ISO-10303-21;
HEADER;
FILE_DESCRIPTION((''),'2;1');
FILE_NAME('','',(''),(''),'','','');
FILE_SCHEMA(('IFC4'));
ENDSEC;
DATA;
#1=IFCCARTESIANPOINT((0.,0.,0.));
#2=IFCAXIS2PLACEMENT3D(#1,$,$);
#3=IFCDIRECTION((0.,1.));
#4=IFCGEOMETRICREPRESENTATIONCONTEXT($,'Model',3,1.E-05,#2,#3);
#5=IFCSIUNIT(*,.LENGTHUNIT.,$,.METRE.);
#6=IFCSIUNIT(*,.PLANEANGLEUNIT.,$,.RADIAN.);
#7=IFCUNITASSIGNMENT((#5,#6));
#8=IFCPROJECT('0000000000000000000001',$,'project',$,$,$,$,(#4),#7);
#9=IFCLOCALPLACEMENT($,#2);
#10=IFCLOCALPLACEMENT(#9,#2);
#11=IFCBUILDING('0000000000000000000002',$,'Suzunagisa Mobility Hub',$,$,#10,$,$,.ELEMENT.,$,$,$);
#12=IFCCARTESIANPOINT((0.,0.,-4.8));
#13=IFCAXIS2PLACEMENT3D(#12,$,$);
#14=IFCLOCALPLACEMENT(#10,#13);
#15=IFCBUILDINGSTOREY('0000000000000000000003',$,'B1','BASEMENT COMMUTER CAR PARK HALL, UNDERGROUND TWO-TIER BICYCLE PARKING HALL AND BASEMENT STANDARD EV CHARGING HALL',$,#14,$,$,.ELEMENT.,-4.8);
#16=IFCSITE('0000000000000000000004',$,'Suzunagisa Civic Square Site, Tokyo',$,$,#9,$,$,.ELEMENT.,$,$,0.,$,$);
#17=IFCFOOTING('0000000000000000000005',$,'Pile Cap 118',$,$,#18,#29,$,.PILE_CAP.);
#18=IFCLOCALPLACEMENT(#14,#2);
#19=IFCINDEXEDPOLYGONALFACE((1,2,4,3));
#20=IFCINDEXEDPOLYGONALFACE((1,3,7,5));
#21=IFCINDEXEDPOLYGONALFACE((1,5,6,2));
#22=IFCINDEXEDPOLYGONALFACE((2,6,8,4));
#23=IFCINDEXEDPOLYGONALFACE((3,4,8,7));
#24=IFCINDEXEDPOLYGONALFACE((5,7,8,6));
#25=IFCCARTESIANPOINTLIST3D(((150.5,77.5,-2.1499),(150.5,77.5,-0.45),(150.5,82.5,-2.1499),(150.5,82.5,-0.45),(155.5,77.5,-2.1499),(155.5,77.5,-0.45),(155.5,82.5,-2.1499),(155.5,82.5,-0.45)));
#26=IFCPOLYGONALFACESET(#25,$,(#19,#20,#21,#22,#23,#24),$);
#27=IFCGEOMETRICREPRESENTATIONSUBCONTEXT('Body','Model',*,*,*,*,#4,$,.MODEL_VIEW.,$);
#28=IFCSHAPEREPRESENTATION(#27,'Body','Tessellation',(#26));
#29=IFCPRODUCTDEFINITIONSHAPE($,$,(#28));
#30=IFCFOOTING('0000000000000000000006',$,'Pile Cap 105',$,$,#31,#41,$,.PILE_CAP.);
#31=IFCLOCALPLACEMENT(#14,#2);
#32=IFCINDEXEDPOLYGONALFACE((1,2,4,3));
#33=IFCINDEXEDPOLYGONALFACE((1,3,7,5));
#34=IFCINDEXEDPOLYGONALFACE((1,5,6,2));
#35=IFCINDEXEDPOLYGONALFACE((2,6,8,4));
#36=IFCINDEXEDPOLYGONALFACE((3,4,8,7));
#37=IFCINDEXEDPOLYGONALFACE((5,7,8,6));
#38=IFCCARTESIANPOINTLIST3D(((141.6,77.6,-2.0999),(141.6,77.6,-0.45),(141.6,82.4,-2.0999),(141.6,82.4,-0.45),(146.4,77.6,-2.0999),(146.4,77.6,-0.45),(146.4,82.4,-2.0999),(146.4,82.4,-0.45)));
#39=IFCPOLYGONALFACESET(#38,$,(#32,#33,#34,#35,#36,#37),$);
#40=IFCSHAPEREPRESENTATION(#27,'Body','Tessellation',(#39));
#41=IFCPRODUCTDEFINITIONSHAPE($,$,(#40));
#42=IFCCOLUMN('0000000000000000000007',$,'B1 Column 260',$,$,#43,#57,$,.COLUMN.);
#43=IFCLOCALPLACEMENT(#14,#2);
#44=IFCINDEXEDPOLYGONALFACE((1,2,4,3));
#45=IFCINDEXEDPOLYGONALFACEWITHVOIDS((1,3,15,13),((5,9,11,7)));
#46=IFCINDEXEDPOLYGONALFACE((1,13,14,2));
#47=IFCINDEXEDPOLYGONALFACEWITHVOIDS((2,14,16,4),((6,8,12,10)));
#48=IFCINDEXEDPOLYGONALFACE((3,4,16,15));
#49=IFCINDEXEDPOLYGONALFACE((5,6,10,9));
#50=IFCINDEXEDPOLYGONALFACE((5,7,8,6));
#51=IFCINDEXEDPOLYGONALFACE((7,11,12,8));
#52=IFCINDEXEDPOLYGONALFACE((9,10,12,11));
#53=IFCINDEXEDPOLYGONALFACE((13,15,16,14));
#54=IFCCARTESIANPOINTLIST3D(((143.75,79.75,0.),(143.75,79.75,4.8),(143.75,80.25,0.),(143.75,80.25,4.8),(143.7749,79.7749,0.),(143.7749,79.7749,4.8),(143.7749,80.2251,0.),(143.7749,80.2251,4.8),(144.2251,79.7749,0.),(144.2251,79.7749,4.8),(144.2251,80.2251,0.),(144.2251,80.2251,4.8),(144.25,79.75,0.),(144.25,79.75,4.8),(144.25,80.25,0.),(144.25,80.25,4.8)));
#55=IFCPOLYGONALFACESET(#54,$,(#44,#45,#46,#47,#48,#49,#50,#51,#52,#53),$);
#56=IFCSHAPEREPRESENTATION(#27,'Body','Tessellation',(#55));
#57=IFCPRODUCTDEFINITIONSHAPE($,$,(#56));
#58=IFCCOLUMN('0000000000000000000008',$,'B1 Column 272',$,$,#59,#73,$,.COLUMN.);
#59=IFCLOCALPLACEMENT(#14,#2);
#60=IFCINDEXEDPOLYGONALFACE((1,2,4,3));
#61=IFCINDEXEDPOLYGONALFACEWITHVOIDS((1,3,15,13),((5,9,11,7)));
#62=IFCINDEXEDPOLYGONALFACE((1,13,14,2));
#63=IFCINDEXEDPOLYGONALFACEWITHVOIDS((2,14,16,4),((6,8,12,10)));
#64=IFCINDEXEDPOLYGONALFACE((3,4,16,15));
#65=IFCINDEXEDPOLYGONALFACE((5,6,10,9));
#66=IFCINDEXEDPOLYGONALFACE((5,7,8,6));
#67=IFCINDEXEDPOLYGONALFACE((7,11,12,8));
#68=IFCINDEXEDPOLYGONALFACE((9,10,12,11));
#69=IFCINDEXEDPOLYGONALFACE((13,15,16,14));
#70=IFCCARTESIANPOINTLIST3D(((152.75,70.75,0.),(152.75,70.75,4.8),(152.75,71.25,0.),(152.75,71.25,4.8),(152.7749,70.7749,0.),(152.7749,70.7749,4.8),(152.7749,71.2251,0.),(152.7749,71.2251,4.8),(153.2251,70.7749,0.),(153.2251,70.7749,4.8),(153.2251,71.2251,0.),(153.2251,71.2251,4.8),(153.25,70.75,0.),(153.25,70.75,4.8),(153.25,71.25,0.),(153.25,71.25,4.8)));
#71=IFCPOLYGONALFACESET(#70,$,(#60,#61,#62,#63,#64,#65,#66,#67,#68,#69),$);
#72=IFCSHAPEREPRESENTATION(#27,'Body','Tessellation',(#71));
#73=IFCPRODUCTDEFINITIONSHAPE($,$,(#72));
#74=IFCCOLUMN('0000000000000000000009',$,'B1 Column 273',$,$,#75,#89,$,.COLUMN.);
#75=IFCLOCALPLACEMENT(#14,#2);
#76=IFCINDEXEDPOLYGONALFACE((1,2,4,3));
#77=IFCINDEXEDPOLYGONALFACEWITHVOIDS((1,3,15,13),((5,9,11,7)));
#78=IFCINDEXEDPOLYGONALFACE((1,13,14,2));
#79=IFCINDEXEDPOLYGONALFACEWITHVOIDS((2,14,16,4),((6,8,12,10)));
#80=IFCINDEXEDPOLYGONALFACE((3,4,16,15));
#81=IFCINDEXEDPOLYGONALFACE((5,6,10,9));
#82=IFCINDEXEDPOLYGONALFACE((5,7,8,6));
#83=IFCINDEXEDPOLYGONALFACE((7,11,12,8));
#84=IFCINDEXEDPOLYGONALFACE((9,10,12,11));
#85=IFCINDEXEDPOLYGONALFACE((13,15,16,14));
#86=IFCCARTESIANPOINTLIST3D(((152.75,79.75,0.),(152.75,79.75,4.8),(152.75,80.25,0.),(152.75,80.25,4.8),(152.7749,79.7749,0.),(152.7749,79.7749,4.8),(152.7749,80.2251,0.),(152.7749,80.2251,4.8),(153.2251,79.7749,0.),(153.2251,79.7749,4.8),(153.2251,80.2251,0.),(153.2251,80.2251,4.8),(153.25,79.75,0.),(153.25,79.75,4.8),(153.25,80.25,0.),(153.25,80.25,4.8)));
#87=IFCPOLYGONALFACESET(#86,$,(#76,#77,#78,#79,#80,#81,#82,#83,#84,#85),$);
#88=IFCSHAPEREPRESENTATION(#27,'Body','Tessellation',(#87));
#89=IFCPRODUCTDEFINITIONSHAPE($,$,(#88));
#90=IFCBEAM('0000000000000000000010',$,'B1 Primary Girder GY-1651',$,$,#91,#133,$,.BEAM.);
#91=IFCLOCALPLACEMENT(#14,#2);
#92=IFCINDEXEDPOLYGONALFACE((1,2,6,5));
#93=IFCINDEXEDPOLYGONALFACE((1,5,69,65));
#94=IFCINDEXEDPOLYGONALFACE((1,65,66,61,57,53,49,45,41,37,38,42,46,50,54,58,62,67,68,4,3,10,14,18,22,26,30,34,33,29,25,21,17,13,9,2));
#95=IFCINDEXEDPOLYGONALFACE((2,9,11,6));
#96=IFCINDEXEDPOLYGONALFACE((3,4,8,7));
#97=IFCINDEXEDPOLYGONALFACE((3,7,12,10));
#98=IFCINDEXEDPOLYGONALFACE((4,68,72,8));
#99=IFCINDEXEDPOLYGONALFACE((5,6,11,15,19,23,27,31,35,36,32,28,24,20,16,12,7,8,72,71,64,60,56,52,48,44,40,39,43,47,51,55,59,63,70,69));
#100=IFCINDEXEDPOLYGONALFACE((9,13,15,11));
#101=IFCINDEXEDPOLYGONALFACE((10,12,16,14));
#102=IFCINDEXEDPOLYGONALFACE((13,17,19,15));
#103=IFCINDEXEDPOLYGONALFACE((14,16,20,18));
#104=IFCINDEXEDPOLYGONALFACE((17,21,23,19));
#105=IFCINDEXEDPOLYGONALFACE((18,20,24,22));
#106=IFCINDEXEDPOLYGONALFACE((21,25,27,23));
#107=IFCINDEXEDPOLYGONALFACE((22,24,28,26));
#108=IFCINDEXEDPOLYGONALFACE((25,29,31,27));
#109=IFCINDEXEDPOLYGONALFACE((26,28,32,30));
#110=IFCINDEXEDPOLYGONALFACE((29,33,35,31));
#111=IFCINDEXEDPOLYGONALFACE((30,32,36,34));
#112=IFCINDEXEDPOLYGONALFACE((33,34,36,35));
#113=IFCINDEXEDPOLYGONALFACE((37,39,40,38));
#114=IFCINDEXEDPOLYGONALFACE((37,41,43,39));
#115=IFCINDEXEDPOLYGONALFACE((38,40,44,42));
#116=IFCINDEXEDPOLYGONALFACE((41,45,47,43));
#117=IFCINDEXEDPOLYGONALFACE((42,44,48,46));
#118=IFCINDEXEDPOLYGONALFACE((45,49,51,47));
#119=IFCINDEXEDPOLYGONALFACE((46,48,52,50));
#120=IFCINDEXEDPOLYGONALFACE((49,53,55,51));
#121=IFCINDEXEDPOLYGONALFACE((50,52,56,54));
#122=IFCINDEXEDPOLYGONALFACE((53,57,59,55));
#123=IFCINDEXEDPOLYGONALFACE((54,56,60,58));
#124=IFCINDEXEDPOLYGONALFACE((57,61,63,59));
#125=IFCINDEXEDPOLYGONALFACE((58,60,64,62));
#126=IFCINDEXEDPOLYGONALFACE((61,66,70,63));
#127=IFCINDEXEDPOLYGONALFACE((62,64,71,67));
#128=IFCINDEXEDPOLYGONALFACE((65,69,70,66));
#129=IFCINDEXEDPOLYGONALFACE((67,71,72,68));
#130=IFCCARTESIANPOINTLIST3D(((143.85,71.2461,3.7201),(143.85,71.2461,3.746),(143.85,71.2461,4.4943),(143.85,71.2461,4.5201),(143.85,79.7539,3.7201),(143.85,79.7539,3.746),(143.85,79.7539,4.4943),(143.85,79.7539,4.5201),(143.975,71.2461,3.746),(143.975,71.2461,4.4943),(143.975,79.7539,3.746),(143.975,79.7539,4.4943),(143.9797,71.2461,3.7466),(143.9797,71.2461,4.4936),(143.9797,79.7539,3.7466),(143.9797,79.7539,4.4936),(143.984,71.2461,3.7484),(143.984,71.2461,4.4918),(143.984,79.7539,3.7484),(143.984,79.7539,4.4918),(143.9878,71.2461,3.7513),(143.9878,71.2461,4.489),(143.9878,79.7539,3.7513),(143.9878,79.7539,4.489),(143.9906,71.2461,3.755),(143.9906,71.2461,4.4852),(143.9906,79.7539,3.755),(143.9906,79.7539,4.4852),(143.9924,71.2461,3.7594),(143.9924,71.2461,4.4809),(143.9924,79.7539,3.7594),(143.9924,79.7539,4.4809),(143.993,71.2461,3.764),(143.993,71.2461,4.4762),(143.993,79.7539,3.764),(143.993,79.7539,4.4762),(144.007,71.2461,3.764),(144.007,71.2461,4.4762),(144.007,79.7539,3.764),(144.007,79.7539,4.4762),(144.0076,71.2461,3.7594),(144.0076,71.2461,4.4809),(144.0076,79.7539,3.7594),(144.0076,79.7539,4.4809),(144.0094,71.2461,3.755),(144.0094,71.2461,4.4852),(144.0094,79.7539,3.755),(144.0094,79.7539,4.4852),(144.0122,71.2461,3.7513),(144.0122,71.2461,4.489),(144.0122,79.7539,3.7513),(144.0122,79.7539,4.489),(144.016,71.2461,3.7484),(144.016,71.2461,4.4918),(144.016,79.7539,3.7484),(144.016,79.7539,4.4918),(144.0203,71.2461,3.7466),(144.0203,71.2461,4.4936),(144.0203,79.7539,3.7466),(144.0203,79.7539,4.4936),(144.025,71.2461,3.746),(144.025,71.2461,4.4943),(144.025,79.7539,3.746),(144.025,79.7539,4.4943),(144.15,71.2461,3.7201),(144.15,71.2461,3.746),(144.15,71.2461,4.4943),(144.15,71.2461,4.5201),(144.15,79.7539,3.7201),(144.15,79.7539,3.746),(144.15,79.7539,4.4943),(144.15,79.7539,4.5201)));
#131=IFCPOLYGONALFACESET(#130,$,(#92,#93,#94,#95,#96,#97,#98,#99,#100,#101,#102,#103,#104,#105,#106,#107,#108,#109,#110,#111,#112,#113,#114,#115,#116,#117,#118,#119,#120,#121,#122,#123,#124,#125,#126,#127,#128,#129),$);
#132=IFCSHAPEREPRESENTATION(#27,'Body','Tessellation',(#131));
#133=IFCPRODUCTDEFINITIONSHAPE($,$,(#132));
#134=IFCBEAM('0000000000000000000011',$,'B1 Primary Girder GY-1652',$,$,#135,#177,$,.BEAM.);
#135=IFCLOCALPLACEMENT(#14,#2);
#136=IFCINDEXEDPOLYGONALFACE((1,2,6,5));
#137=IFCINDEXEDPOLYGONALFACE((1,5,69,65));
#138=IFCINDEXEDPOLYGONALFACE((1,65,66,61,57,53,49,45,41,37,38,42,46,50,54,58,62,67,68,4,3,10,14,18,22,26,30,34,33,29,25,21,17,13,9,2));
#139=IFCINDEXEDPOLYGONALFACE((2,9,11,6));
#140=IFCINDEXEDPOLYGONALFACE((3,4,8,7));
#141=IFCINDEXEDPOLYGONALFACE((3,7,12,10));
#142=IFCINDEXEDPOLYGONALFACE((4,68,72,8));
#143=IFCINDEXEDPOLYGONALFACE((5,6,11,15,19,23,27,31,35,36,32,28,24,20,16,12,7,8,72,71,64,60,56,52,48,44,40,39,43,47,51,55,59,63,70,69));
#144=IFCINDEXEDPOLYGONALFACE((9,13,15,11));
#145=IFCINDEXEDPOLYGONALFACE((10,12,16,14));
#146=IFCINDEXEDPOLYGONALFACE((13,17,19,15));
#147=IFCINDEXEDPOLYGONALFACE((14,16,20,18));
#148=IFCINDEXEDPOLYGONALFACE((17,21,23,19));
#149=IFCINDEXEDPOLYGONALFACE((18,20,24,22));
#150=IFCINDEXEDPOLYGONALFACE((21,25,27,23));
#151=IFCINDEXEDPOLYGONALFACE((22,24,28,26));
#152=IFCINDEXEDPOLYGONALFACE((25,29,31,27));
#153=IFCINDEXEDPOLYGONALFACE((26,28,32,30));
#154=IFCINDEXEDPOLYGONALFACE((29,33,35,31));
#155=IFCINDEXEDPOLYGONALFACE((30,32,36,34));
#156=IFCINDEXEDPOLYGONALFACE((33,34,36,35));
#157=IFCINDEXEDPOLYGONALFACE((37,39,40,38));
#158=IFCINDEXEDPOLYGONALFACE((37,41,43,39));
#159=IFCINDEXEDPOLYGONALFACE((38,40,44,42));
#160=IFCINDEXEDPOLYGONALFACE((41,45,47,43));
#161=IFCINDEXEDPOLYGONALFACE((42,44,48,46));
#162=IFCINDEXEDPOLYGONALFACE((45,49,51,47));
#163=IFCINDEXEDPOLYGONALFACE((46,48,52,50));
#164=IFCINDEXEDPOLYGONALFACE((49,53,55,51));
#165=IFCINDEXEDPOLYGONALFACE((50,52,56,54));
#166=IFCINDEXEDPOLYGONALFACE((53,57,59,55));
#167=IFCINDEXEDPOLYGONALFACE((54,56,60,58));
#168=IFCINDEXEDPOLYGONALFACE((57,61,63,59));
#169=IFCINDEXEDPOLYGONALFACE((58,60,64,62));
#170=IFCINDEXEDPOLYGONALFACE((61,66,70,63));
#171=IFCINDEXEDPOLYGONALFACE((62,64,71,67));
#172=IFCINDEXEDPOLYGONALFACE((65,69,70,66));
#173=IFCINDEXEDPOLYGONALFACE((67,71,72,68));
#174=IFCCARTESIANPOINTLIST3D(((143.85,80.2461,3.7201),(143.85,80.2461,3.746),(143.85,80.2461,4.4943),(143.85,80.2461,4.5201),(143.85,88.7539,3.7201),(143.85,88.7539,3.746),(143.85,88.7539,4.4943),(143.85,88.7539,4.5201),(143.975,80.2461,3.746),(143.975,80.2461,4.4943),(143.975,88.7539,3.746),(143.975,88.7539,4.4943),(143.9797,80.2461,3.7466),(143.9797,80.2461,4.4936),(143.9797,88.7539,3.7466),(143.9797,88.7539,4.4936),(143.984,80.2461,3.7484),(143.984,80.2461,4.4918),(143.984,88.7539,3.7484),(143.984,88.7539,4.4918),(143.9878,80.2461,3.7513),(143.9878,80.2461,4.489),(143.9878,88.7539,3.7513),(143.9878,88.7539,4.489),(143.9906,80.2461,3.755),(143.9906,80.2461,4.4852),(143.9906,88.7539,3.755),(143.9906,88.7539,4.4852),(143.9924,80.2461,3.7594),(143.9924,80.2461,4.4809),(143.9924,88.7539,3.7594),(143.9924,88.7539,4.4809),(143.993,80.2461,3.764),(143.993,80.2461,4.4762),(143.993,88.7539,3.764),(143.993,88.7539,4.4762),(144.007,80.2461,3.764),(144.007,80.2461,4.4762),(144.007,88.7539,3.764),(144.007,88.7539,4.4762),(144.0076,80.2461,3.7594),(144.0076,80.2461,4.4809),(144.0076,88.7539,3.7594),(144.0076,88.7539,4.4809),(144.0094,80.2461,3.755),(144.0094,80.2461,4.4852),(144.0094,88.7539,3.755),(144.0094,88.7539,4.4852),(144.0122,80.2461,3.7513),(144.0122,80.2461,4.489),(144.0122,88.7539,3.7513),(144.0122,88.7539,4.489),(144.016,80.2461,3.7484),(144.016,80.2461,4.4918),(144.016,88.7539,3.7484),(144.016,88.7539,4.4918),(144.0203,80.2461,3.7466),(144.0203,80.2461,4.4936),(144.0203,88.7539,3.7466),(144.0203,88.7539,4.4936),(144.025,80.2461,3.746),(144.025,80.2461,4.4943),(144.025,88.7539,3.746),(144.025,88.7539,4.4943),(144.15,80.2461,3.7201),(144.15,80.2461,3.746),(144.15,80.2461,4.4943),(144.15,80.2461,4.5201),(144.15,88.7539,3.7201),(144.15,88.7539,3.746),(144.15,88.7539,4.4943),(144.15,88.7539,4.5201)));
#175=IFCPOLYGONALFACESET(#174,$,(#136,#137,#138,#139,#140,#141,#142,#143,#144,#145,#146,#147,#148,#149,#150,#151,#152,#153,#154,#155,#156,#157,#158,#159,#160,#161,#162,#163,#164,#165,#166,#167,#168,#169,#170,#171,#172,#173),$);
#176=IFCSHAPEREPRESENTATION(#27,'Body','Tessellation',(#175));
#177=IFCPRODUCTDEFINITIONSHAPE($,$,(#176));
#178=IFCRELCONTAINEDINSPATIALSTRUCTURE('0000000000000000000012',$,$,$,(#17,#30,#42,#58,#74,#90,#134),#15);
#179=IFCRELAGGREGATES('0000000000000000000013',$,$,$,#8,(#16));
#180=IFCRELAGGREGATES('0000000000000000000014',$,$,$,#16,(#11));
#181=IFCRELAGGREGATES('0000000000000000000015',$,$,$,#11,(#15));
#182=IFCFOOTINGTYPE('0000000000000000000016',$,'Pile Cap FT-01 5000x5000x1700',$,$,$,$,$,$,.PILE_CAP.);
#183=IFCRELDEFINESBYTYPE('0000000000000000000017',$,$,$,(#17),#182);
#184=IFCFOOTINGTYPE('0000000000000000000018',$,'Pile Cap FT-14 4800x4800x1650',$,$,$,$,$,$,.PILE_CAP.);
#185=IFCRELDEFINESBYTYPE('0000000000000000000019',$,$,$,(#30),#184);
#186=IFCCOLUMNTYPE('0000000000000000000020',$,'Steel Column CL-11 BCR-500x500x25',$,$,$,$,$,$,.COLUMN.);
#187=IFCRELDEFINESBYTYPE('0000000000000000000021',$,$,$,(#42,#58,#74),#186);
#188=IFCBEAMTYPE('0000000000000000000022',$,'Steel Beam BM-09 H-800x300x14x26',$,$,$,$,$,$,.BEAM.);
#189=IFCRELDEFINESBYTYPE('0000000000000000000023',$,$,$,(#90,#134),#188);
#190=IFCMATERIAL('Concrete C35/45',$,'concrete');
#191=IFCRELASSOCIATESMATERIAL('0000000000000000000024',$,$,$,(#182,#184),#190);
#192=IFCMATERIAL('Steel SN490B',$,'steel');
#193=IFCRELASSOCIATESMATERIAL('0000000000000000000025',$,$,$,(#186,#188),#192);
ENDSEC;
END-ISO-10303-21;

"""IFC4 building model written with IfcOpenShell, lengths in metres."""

from ifc_helpers import new_model, si_unit, direction, frame, origin, origin_2d, place, context, subcontext, project, spatial, rectangle, hollow_rectangle, i_section, extrude, material, material_profile, profile_set, type_object, element, save


model = new_model("IFC4")

# Units and contexts
model_context = context("Model", 3, precision=1e-05, world=origin(), true_north=direction((0.0, 1.0)))
body_context = subcontext(model_context, "Body", "Model", "MODEL_VIEW")
ifc_project = project(units=[si_unit("LENGTHUNIT", "METRE"), si_unit("PLANEANGLEUNIT", "RADIAN")], contexts=[model_context])

# Site, building, storey
site_placement = place(None, origin())
site = spatial("IfcSite", under=ifc_project, at=site_placement, Name="Suzunagisa Civic Square Site, Tokyo", CompositionType="ELEMENT", RefElevation=0.0)
building_placement = place(site_placement, origin())
building = spatial("IfcBuilding", under=site, at=building_placement, Name="Suzunagisa Mobility Hub", CompositionType="ELEMENT")
storey_placement = place(building_placement, frame((0.0, 0.0, -4.8)))
storey = spatial("IfcBuildingStorey", under=building, at=storey_placement, Name="B1", Description="BASEMENT COMMUTER CAR PARK HALL, UNDERGROUND TWO-TIER BICYCLE PARKING HALL AND BASEMENT STANDARD EV CHARGING HALL", CompositionType="ELEMENT", Elevation=-4.8)

# Footings
ifc_material_1 = material(Name="Concrete C35/45", Category="concrete")
footing_type_1 = type_object("IfcFootingType", Name="Pile Cap FT-01 5000x5000x1700", PredefinedType="PILE_CAP", material=ifc_material_1)
footing_1_placement = place(storey_placement, frame((153.0, 80.0, -2.1499), z_axis=(0.0, 0.0, 1.0), x_axis=(1.0, 0.0, 0.0)))
element("IfcFooting", 1, at=footing_1_placement, inside=storey, type_object=footing_type_1, Name="Pile Cap 118", PredefinedType="PILE_CAP", context=body_context, shape_type="SweptSolid", body=[
    extrude(rectangle(XDim=5.0, YDim=5.0, at=origin_2d()), origin(), (0.0, 0.0, 1.0), 1.7),
])
footing_type_2 = type_object("IfcFootingType", Name="Pile Cap FT-14 4800x4800x1650", PredefinedType="PILE_CAP", material=ifc_material_1)
footing_2_placement = place(storey_placement, frame((144.0, 80.0, -2.0999), z_axis=(0.0, 0.0, 1.0), x_axis=(1.0, 0.0, 0.0)))
element("IfcFooting", 2, at=footing_2_placement, inside=storey, type_object=footing_type_2, Name="Pile Cap 105", PredefinedType="PILE_CAP", context=body_context, shape_type="SweptSolid", body=[
    extrude(rectangle(XDim=4.8, YDim=4.8, at=origin_2d()), origin(), (0.0, 0.0, 1.0), 1.6499),
])

# Columns
ifc_material_2 = material(Name="Steel SN490B", Category="steel")
ifc_material_profile_1 = material_profile(ifc_material_2, hollow_rectangle(XDim=0.5, YDim=0.5, WallThickness=0.0249, at=origin_2d()), Name="BCR-500x500x25")
ifc_profile_set_1 = profile_set([ifc_material_profile_1], Name="Steel SN490B")
column_type = type_object("IfcColumnType", Name="Steel Column CL-11 BCR-500x500x25", PredefinedType="COLUMN", material=ifc_profile_set_1)
for number, where, z_axis, x_axis, name in (
    (3, (144.0, 80.0, 0.0), (0.0, 0.0, 1.0), (1.0, 0.0, 0.0), "B1 Column 260"),
    (4, (153.0, 71.0, 0.0), (0.0, 0.0, 1.0), (1.0, 0.0, 0.0), "B1 Column 272"),
    (5, (153.0, 80.0, 0.0), (0.0, 0.0, 1.0), (1.0, 0.0, 0.0), "B1 Column 273"),
):
    element("IfcColumn", number, at=place(storey_placement, frame(where, z_axis=z_axis, x_axis=x_axis)), inside=storey, type_object=column_type, Name=name, PredefinedType="COLUMN", context=body_context, shape_type="SweptSolid", body=[
        extrude(hollow_rectangle(XDim=0.5, YDim=0.5, WallThickness=0.0249, at=origin_2d()), origin(), (0.0, 0.0, 1.0), 4.8),
    ])

# Beams
ifc_material_profile_2 = material_profile(ifc_material_2, i_section(OverallWidth=0.3, OverallDepth=0.8, WebThickness=0.0139, FlangeThickness=0.0259, FilletRadius=0.0181, at=origin_2d()), Name="H-800x300x14x26")
ifc_profile_set_2 = profile_set([ifc_material_profile_2], Name="Steel SN490B")
beam_type_1 = type_object("IfcBeamType", Name="Steel Beam BM-09 H-800x300x14x26", PredefinedType="BEAM", material=ifc_profile_set_2)
for number, where, z_axis, x_axis, name in (
    (6, (144.0, 71.2461, 4.1201), (0.0, 1.0, 0.0), (-1.0, 0.0, 0.0), "B1 Primary Girder GY-1651"),
    (7, (144.0, 80.2461, 4.1201), (0.0, 1.0, 0.0), (-1.0, 0.0, 0.0), "B1 Primary Girder GY-1652"),
):
    element("IfcBeam", number, at=place(storey_placement, frame(where, z_axis=z_axis, x_axis=x_axis)), inside=storey, type_object=beam_type_1, Name=name, PredefinedType="BEAM", context=body_context, shape_type="SweptSolid", body=[
        extrude(i_section(OverallWidth=0.3, OverallDepth=0.8, WebThickness=0.0139, FlangeThickness=0.0259, FilletRadius=0.0181, at=origin_2d()), origin(), (0.0, 0.0, 1.0), 8.5078),
    ])

save(model, "model.ifc")
